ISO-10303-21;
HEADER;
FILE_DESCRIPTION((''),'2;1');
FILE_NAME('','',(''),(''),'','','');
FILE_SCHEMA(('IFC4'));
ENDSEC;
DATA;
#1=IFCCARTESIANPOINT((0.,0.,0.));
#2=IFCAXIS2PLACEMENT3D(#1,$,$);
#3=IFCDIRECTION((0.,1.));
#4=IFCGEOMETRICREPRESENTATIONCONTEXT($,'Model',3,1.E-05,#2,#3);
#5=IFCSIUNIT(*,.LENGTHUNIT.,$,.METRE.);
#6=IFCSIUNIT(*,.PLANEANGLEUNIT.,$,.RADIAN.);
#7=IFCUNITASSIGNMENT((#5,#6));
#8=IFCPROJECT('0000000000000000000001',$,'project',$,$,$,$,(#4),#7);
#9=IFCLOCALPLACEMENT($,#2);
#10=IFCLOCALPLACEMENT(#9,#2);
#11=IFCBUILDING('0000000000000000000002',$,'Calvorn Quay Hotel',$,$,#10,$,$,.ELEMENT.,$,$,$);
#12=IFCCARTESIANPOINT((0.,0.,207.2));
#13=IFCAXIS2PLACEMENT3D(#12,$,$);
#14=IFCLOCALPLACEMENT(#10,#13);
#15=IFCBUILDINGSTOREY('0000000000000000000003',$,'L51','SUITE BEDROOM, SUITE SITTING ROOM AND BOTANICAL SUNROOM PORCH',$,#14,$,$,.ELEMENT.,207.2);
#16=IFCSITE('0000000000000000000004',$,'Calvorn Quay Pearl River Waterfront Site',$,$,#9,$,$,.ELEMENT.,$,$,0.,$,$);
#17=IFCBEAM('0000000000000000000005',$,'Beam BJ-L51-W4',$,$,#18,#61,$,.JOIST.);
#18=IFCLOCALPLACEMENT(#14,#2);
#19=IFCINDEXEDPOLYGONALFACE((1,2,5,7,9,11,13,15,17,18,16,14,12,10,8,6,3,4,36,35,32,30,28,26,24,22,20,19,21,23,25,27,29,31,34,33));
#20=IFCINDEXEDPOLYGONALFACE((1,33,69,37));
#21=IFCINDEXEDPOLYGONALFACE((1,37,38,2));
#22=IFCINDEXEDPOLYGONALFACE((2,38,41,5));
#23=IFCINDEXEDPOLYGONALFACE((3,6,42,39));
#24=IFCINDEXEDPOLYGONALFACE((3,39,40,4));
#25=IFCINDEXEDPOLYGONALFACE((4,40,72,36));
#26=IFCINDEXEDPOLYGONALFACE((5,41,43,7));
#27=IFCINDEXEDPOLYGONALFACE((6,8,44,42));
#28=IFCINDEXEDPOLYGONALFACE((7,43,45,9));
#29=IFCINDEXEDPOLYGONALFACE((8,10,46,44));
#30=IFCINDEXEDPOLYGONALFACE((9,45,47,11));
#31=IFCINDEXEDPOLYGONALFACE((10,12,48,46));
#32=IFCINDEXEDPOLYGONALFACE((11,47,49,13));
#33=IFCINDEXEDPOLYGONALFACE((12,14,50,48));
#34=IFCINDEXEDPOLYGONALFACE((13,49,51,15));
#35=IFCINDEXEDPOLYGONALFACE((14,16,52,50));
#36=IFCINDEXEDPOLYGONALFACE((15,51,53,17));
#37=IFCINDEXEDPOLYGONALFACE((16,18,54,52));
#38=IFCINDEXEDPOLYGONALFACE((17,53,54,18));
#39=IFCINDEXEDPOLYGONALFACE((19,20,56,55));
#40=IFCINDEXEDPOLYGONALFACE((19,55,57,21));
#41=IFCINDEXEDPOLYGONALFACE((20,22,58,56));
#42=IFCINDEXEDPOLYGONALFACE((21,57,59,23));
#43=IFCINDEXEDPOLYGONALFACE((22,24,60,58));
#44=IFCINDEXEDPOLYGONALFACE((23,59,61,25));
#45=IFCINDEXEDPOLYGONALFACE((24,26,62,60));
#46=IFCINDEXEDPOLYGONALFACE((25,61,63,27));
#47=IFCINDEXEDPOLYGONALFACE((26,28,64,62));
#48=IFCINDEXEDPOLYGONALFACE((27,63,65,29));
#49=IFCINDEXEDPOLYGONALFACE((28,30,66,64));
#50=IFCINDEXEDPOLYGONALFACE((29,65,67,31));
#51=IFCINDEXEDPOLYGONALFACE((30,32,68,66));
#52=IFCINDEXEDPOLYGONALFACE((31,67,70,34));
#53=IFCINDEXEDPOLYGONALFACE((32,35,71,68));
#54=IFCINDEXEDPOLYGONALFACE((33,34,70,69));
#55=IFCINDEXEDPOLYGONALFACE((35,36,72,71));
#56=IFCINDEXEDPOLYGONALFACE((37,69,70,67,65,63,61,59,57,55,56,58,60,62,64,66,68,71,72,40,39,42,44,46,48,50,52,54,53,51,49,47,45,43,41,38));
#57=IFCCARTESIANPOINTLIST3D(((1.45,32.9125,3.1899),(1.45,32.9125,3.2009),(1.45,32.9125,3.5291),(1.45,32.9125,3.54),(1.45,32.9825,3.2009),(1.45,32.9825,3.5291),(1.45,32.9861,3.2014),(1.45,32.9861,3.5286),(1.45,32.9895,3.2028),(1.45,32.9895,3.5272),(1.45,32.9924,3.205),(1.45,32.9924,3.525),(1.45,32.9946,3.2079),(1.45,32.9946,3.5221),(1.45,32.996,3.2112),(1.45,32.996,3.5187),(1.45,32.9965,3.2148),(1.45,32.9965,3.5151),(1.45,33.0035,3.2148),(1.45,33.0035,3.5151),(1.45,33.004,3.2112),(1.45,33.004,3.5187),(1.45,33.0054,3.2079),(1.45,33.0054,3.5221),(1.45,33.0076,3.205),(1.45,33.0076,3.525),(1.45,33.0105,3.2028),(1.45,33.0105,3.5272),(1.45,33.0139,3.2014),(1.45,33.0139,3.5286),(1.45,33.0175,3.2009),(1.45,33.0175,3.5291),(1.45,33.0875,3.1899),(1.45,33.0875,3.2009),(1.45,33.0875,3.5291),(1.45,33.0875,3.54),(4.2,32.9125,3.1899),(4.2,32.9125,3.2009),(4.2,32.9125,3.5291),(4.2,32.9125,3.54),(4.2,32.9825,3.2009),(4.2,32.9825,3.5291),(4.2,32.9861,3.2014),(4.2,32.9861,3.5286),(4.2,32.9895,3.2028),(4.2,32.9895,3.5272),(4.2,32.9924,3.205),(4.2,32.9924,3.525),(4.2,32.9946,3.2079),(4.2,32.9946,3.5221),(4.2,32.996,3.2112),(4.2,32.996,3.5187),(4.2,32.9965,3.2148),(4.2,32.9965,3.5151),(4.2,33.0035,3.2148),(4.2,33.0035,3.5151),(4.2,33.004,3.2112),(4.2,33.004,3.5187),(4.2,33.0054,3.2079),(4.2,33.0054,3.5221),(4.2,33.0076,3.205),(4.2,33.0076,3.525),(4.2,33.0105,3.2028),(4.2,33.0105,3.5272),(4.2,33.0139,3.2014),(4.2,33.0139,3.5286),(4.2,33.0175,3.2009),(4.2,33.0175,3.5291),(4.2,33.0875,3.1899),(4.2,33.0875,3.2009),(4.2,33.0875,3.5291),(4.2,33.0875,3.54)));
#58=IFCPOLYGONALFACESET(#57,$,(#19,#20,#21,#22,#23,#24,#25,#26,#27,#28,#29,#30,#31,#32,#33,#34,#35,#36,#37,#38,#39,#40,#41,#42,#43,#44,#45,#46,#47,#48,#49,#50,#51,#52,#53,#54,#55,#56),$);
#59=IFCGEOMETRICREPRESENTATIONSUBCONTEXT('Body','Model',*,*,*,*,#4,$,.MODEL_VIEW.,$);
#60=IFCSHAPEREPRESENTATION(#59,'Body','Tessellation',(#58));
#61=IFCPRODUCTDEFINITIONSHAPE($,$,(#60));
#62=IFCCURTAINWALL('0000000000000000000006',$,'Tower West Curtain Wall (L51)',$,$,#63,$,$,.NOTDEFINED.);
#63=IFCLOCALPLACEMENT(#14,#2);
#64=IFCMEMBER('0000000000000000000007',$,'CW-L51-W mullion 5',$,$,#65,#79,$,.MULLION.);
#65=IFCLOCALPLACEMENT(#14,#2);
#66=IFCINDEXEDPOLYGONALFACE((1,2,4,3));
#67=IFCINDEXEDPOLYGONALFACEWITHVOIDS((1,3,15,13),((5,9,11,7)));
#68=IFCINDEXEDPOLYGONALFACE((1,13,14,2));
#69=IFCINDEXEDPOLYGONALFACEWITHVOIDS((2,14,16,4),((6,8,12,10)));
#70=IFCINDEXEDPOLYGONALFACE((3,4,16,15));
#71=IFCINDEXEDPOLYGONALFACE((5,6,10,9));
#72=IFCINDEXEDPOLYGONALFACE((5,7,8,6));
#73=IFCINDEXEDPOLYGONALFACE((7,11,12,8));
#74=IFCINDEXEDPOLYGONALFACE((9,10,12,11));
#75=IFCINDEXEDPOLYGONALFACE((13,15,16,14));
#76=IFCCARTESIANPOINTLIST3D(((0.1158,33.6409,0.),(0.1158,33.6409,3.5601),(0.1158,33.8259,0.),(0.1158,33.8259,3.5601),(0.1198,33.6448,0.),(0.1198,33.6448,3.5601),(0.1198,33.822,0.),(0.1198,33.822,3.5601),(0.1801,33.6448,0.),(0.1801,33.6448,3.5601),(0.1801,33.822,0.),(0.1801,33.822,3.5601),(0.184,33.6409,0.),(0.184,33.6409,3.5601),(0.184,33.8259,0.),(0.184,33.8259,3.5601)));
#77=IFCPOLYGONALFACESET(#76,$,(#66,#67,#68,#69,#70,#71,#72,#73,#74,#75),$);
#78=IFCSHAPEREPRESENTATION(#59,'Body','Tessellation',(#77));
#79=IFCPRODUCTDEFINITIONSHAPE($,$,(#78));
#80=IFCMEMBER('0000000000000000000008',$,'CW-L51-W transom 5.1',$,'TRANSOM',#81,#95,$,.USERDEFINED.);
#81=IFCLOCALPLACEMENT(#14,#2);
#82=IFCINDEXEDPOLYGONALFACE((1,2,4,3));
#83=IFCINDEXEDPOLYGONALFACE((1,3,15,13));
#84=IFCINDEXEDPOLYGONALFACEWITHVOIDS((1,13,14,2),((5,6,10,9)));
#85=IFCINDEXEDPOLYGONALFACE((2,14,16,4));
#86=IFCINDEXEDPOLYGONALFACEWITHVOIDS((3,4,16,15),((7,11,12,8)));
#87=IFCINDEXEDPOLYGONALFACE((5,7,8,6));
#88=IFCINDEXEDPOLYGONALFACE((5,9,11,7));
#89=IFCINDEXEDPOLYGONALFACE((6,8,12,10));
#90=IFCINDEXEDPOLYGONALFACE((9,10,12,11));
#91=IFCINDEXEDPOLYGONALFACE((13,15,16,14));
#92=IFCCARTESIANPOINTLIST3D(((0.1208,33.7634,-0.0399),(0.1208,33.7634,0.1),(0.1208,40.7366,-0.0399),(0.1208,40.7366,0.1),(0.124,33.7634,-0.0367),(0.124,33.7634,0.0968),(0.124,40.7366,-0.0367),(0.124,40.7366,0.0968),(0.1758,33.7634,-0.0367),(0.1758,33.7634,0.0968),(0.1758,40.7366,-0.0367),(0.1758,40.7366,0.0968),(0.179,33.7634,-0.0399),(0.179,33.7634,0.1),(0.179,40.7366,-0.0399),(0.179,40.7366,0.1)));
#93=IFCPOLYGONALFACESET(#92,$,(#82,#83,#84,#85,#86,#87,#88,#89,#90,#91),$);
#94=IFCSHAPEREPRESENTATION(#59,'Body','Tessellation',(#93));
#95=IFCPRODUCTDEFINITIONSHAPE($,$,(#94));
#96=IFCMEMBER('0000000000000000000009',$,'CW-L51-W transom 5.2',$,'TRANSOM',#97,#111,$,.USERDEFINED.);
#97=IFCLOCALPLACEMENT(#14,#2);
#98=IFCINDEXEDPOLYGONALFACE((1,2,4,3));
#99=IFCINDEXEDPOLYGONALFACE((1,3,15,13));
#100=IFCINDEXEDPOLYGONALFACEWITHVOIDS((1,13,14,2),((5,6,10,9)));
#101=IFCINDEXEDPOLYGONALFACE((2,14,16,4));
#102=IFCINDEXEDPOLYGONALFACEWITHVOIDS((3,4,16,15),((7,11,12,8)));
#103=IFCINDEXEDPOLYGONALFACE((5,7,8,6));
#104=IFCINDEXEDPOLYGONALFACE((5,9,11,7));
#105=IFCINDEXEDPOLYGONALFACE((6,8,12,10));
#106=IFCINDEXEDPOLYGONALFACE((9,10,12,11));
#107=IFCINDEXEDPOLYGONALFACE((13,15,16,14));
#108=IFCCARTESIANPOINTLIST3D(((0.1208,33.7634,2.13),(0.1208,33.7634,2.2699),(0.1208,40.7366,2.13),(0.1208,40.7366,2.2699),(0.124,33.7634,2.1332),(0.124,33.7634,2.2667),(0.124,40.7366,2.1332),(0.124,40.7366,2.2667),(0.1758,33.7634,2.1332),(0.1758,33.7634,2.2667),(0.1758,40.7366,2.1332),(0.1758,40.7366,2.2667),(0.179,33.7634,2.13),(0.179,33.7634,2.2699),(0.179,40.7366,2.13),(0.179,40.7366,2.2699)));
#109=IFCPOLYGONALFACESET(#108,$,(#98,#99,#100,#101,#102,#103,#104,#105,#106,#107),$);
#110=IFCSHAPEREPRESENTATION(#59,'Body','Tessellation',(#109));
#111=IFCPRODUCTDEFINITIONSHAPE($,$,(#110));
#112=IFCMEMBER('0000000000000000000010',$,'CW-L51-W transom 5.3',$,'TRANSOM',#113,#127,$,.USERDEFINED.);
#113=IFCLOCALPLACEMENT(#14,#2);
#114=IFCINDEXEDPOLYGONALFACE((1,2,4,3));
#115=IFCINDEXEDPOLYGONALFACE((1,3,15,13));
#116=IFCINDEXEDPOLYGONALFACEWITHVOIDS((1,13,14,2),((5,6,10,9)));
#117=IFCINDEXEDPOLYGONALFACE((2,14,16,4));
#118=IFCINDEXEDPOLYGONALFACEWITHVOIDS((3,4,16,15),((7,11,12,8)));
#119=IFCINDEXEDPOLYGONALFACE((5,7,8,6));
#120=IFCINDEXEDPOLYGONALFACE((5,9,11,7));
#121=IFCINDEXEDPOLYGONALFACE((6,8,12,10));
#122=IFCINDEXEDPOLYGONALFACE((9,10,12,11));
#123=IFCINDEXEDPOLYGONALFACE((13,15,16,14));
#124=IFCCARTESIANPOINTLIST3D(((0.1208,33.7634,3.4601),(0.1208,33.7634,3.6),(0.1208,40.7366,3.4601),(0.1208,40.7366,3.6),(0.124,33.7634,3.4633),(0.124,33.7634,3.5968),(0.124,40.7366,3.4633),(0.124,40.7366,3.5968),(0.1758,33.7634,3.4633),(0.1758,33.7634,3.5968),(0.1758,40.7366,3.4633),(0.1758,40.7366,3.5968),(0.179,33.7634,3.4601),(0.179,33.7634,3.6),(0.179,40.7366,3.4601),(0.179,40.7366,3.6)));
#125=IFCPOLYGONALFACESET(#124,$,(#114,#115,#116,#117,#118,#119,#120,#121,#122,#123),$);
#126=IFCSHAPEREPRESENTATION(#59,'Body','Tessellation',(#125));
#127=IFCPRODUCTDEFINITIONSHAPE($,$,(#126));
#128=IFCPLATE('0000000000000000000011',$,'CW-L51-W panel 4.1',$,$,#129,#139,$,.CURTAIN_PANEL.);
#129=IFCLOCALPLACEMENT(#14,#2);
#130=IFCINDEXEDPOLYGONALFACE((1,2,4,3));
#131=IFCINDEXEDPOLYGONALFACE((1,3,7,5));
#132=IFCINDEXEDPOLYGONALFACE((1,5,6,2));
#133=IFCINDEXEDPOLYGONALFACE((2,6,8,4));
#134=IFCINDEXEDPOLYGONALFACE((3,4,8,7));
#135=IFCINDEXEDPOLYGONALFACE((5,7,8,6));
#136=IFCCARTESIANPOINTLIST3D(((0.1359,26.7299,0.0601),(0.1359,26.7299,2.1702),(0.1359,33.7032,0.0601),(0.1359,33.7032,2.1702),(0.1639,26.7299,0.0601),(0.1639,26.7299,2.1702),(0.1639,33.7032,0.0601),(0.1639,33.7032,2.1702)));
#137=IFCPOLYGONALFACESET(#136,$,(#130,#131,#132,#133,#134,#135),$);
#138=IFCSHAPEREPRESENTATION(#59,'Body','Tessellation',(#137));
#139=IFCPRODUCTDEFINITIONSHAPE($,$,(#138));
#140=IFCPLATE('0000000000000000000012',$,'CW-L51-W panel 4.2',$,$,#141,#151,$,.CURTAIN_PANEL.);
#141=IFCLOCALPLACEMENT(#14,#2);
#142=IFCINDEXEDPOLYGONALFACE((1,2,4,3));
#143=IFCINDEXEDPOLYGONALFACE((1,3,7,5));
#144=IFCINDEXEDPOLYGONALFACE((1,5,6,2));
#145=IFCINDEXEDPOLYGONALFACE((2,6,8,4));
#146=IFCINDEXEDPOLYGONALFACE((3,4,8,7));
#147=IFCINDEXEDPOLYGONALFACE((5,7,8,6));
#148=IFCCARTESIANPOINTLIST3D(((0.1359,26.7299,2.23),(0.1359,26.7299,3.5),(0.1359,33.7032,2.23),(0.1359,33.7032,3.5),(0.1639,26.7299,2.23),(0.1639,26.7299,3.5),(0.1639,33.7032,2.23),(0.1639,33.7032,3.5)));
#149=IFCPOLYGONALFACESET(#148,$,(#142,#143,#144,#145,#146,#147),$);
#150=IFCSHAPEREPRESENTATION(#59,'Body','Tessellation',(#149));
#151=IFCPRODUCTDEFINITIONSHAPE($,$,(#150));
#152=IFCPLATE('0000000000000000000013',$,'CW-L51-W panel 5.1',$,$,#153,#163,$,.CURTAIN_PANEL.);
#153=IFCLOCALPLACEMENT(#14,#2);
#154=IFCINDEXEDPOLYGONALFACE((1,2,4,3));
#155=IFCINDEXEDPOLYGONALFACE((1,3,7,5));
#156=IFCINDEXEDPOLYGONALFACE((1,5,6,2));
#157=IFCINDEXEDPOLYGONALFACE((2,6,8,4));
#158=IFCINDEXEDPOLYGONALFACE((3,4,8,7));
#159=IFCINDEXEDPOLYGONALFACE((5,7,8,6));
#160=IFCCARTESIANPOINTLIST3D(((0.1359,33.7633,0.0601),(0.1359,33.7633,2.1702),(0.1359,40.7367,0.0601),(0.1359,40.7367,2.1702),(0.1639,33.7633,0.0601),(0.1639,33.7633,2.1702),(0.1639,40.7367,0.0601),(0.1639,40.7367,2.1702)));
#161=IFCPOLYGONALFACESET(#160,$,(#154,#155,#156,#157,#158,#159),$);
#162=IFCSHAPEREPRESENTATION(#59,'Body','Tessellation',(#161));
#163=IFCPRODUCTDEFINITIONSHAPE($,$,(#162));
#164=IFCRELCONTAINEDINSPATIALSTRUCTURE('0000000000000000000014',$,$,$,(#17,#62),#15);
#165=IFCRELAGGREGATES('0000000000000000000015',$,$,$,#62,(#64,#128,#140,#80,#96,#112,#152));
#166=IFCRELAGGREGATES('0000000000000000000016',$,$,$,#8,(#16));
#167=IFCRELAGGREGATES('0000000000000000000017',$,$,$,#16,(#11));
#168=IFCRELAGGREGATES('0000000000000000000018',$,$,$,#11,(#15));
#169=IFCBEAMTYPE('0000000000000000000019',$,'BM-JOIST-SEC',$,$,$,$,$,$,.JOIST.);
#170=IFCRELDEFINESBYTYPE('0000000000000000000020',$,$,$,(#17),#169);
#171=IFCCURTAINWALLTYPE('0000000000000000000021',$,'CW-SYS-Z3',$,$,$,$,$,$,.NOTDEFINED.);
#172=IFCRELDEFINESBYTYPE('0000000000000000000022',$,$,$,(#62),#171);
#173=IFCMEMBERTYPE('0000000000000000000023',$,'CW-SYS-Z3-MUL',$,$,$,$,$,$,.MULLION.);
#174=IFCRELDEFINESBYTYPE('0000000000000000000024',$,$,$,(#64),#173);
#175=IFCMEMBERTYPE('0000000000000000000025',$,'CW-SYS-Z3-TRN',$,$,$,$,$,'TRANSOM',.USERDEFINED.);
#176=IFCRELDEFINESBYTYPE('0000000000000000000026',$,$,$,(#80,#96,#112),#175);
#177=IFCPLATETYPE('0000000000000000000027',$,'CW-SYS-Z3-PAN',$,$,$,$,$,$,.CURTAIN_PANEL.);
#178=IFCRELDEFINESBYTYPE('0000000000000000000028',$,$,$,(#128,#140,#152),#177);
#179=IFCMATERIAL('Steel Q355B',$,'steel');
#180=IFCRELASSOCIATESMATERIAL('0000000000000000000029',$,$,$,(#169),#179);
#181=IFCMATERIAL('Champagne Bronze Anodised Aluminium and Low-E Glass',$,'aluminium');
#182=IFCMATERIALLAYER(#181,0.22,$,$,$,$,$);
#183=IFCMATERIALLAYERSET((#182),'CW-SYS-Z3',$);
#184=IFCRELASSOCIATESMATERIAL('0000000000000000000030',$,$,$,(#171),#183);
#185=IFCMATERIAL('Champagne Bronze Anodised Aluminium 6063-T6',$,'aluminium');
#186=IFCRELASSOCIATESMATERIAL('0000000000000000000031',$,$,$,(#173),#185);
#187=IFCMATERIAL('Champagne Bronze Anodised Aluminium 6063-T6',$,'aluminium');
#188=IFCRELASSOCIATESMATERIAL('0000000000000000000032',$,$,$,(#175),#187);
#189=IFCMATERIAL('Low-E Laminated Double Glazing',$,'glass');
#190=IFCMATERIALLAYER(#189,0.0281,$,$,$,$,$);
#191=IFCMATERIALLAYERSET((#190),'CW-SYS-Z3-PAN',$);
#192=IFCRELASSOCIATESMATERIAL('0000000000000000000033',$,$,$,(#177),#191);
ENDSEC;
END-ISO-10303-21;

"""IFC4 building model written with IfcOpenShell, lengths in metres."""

from ifc_helpers import new_model, si_unit, direction, frame, origin, origin_2d, place, context, subcontext, project, spatial, rectangle, hollow_rectangle, i_section, extrude, material, layer, layer_set, material_profile, profile_set, type_object, element, aggregate, save


model = new_model("IFC4")

# Units and contexts
model_context = context("Model", 3, precision=1e-05, world=origin(), true_north=direction((0.0, 1.0)))
body_context = subcontext(model_context, "Body", "Model", "MODEL_VIEW")
ifc_project = project(units=[si_unit("LENGTHUNIT", "METRE"), si_unit("PLANEANGLEUNIT", "RADIAN")], contexts=[model_context])

# Site, building, storey
site_placement = place(None, origin())
site = spatial("IfcSite", under=ifc_project, at=site_placement, Name="Calvorn Quay Pearl River Waterfront Site", CompositionType="ELEMENT", RefElevation=0.0)
building_placement = place(site_placement, origin())
building = spatial("IfcBuilding", under=site, at=building_placement, Name="Calvorn Quay Hotel", CompositionType="ELEMENT")
storey_placement = place(building_placement, frame((0.0, 0.0, 207.2)))
storey = spatial("IfcBuildingStorey", under=building, at=storey_placement, Name="L51", Description="SUITE BEDROOM, SUITE SITTING ROOM AND BOTANICAL SUNROOM PORCH", CompositionType="ELEMENT", Elevation=207.2)

# Beam
ifc_material_1 = material(Name="Steel Q355B", Category="steel")
ifc_material_profile_1 = material_profile(ifc_material_1, i_section(OverallWidth=0.175, OverallDepth=0.3501, WebThickness=0.0071, FlangeThickness=0.011, FilletRadius=0.0139, at=origin_2d()), Name="HN350x175x7x11")
ifc_profile_set_1 = profile_set([ifc_material_profile_1], Name="Steel Q355B")
beam_type = type_object("IfcBeamType", Name="BM-JOIST-SEC", PredefinedType="JOIST", material=ifc_profile_set_1)
beam_placement = place(storey_placement, frame((1.45, 33.0, 3.365), z_axis=(1.0, 0.0, 0.0), x_axis=(0.0, 1.0, 0.0)))
element("IfcBeam", 1, at=beam_placement, inside=storey, type_object=beam_type, Name="Beam BJ-L51-W4", PredefinedType="JOIST", context=body_context, shape_type="SweptSolid", body=[
    extrude(i_section(OverallWidth=0.175, OverallDepth=0.3501, WebThickness=0.0071, FlangeThickness=0.011, FilletRadius=0.0139, at=origin_2d()), origin(), (0.0, 0.0, 1.0), 2.75),
])

# Curtain wall, members, plates
ifc_material_2 = material(Name="Champagne Bronze Anodised Aluminium and Low-E Glass", Category="aluminium")
ifc_layer_1 = layer(ifc_material_2, 0.22)
ifc_layer_set_1 = layer_set([ifc_layer_1], Name="CW-SYS-Z3")
curtain_wall_type = type_object("IfcCurtainWallType", Name="CW-SYS-Z3", PredefinedType="NOTDEFINED", material=ifc_layer_set_1)
curtain_wall_placement = place(storey_placement, origin())
curtain_wall = element("IfcCurtainWall", 2, at=curtain_wall_placement, inside=storey, type_object=curtain_wall_type, Name="Tower West Curtain Wall (L51)", PredefinedType="NOTDEFINED")
ifc_material_3 = material(Name="Champagne Bronze Anodised Aluminium 6063-T6", Category="aluminium")
ifc_material_profile_2 = material_profile(ifc_material_3, hollow_rectangle(XDim=0.0681, YDim=0.1851, WallThickness=0.0039, at=origin_2d()), Name="ALU-M185x68x4")
ifc_profile_set_2 = profile_set([ifc_material_profile_2], Name="Champagne Bronze Anodised Aluminium 6063-T6")
member_type_1 = type_object("IfcMemberType", Name="CW-SYS-Z3-MUL", PredefinedType="MULLION", material=ifc_profile_set_2)
member_1_placement = place(storey_placement, frame((0.1499, 33.7334, 0.0), z_axis=(0.0, 0.0, 1.0), x_axis=(-1.0, 0.0, 0.0)))
member_1 = element("IfcMember", 3, at=member_1_placement, type_object=member_type_1, Name="CW-L51-W mullion 5", PredefinedType="MULLION", context=body_context, shape_type="SweptSolid", body=[
    extrude(hollow_rectangle(XDim=0.0681, YDim=0.1851, WallThickness=0.0039, at=origin_2d()), origin(), (0.0, 0.0, 1.0), 3.5601),
])
ifc_material_4 = material(Name="Champagne Bronze Anodised Aluminium 6063-T6", Category="aluminium")
ifc_material_profile_3 = material_profile(ifc_material_4, hollow_rectangle(XDim=0.0581, YDim=0.1399, WallThickness=0.0032, at=origin_2d()), Name="ALU-T140x58x3.2")
ifc_profile_set_3 = profile_set([ifc_material_profile_3], Name="Champagne Bronze Anodised Aluminium 6063-T6")
member_type_2 = type_object("IfcMemberType", Name="CW-SYS-Z3-TRN", ElementType="TRANSOM", PredefinedType="USERDEFINED", material=ifc_profile_set_3)
member_2_placement = place(storey_placement, frame((0.1499, 33.7634, 0.03), z_axis=(0.0, 1.0, 0.0), x_axis=(-1.0, 0.0, 0.0)))
member_2 = element("IfcMember", 4, at=member_2_placement, type_object=member_type_2, Name="CW-L51-W transom 5.1", ObjectType="TRANSOM", PredefinedType="USERDEFINED", context=body_context, shape_type="SweptSolid", body=[
    extrude(hollow_rectangle(XDim=0.0581, YDim=0.1399, WallThickness=0.0032, at=origin_2d()), origin(), (0.0, 0.0, 1.0), 6.9731),
])
member_3_placement = place(storey_placement, frame((0.1499, 33.7634, 2.2), z_axis=(0.0, 1.0, 0.0), x_axis=(-1.0, 0.0, 0.0)))
member_3 = element("IfcMember", 5, at=member_3_placement, type_object=member_type_2, Name="CW-L51-W transom 5.2", ObjectType="TRANSOM", PredefinedType="USERDEFINED", context=body_context, shape_type="SweptSolid", body=[
    extrude(hollow_rectangle(XDim=0.0581, YDim=0.1399, WallThickness=0.0032, at=origin_2d()), origin(), (0.0, 0.0, 1.0), 6.9731),
])
member_4_placement = place(storey_placement, frame((0.1499, 33.7634, 3.53), z_axis=(0.0, 1.0, 0.0), x_axis=(-1.0, 0.0, 0.0)))
member_4 = element("IfcMember", 6, at=member_4_placement, type_object=member_type_2, Name="CW-L51-W transom 5.3", ObjectType="TRANSOM", PredefinedType="USERDEFINED", context=body_context, shape_type="SweptSolid", body=[
    extrude(hollow_rectangle(XDim=0.0581, YDim=0.1399, WallThickness=0.0032, at=origin_2d()), origin(), (0.0, 0.0, 1.0), 6.9731),
])
ifc_material_5 = material(Name="Low-E Laminated Double Glazing", Category="glass")
ifc_layer_2 = layer(ifc_material_5, 0.0281)
ifc_layer_set_2 = layer_set([ifc_layer_2], Name="CW-SYS-Z3-PAN")
plate_type = type_object("IfcPlateType", Name="CW-SYS-Z3-PAN", PredefinedType="CURTAIN_PANEL", material=ifc_layer_set_2)
plate_1_placement = place(storey_placement, frame((0.1499, 30.2166, 0.0601), z_axis=(0.0, 0.0, 1.0), x_axis=(0.0, 1.0, 0.0)))
plate_1 = element("IfcPlate", 7, at=plate_1_placement, type_object=plate_type, Name="CW-L51-W panel 4.1", PredefinedType="CURTAIN_PANEL", context=body_context, shape_type="SweptSolid", body=[
    extrude(rectangle(XDim=6.9734, YDim=0.0281, at=origin_2d()), origin(), (0.0, 0.0, 1.0), 2.1101),
])
plate_2_placement = place(storey_placement, frame((0.1499, 30.2166, 2.23), z_axis=(0.0, 0.0, 1.0), x_axis=(0.0, 1.0, 0.0)))
plate_2 = element("IfcPlate", 8, at=plate_2_placement, type_object=plate_type, Name="CW-L51-W panel 4.2", PredefinedType="CURTAIN_PANEL", context=body_context, shape_type="SweptSolid", body=[
    extrude(rectangle(XDim=6.9734, YDim=0.0281, at=origin_2d()), origin(), (0.0, 0.0, 1.0), 1.27),
])
plate_3_placement = place(storey_placement, frame((0.1499, 37.25, 0.0601), z_axis=(0.0, 0.0, 1.0), x_axis=(0.0, 1.0, 0.0)))
plate_3 = element("IfcPlate", 9, at=plate_3_placement, type_object=plate_type, Name="CW-L51-W panel 5.1", PredefinedType="CURTAIN_PANEL", context=body_context, shape_type="SweptSolid", body=[
    extrude(rectangle(XDim=6.9734, YDim=0.0281, at=origin_2d()), origin(), (0.0, 0.0, 1.0), 2.1101),
])
aggregate(curtain_wall, [member_1, plate_1, plate_2, member_2, member_3, member_4, plate_3])

save(model, "model.ifc")
